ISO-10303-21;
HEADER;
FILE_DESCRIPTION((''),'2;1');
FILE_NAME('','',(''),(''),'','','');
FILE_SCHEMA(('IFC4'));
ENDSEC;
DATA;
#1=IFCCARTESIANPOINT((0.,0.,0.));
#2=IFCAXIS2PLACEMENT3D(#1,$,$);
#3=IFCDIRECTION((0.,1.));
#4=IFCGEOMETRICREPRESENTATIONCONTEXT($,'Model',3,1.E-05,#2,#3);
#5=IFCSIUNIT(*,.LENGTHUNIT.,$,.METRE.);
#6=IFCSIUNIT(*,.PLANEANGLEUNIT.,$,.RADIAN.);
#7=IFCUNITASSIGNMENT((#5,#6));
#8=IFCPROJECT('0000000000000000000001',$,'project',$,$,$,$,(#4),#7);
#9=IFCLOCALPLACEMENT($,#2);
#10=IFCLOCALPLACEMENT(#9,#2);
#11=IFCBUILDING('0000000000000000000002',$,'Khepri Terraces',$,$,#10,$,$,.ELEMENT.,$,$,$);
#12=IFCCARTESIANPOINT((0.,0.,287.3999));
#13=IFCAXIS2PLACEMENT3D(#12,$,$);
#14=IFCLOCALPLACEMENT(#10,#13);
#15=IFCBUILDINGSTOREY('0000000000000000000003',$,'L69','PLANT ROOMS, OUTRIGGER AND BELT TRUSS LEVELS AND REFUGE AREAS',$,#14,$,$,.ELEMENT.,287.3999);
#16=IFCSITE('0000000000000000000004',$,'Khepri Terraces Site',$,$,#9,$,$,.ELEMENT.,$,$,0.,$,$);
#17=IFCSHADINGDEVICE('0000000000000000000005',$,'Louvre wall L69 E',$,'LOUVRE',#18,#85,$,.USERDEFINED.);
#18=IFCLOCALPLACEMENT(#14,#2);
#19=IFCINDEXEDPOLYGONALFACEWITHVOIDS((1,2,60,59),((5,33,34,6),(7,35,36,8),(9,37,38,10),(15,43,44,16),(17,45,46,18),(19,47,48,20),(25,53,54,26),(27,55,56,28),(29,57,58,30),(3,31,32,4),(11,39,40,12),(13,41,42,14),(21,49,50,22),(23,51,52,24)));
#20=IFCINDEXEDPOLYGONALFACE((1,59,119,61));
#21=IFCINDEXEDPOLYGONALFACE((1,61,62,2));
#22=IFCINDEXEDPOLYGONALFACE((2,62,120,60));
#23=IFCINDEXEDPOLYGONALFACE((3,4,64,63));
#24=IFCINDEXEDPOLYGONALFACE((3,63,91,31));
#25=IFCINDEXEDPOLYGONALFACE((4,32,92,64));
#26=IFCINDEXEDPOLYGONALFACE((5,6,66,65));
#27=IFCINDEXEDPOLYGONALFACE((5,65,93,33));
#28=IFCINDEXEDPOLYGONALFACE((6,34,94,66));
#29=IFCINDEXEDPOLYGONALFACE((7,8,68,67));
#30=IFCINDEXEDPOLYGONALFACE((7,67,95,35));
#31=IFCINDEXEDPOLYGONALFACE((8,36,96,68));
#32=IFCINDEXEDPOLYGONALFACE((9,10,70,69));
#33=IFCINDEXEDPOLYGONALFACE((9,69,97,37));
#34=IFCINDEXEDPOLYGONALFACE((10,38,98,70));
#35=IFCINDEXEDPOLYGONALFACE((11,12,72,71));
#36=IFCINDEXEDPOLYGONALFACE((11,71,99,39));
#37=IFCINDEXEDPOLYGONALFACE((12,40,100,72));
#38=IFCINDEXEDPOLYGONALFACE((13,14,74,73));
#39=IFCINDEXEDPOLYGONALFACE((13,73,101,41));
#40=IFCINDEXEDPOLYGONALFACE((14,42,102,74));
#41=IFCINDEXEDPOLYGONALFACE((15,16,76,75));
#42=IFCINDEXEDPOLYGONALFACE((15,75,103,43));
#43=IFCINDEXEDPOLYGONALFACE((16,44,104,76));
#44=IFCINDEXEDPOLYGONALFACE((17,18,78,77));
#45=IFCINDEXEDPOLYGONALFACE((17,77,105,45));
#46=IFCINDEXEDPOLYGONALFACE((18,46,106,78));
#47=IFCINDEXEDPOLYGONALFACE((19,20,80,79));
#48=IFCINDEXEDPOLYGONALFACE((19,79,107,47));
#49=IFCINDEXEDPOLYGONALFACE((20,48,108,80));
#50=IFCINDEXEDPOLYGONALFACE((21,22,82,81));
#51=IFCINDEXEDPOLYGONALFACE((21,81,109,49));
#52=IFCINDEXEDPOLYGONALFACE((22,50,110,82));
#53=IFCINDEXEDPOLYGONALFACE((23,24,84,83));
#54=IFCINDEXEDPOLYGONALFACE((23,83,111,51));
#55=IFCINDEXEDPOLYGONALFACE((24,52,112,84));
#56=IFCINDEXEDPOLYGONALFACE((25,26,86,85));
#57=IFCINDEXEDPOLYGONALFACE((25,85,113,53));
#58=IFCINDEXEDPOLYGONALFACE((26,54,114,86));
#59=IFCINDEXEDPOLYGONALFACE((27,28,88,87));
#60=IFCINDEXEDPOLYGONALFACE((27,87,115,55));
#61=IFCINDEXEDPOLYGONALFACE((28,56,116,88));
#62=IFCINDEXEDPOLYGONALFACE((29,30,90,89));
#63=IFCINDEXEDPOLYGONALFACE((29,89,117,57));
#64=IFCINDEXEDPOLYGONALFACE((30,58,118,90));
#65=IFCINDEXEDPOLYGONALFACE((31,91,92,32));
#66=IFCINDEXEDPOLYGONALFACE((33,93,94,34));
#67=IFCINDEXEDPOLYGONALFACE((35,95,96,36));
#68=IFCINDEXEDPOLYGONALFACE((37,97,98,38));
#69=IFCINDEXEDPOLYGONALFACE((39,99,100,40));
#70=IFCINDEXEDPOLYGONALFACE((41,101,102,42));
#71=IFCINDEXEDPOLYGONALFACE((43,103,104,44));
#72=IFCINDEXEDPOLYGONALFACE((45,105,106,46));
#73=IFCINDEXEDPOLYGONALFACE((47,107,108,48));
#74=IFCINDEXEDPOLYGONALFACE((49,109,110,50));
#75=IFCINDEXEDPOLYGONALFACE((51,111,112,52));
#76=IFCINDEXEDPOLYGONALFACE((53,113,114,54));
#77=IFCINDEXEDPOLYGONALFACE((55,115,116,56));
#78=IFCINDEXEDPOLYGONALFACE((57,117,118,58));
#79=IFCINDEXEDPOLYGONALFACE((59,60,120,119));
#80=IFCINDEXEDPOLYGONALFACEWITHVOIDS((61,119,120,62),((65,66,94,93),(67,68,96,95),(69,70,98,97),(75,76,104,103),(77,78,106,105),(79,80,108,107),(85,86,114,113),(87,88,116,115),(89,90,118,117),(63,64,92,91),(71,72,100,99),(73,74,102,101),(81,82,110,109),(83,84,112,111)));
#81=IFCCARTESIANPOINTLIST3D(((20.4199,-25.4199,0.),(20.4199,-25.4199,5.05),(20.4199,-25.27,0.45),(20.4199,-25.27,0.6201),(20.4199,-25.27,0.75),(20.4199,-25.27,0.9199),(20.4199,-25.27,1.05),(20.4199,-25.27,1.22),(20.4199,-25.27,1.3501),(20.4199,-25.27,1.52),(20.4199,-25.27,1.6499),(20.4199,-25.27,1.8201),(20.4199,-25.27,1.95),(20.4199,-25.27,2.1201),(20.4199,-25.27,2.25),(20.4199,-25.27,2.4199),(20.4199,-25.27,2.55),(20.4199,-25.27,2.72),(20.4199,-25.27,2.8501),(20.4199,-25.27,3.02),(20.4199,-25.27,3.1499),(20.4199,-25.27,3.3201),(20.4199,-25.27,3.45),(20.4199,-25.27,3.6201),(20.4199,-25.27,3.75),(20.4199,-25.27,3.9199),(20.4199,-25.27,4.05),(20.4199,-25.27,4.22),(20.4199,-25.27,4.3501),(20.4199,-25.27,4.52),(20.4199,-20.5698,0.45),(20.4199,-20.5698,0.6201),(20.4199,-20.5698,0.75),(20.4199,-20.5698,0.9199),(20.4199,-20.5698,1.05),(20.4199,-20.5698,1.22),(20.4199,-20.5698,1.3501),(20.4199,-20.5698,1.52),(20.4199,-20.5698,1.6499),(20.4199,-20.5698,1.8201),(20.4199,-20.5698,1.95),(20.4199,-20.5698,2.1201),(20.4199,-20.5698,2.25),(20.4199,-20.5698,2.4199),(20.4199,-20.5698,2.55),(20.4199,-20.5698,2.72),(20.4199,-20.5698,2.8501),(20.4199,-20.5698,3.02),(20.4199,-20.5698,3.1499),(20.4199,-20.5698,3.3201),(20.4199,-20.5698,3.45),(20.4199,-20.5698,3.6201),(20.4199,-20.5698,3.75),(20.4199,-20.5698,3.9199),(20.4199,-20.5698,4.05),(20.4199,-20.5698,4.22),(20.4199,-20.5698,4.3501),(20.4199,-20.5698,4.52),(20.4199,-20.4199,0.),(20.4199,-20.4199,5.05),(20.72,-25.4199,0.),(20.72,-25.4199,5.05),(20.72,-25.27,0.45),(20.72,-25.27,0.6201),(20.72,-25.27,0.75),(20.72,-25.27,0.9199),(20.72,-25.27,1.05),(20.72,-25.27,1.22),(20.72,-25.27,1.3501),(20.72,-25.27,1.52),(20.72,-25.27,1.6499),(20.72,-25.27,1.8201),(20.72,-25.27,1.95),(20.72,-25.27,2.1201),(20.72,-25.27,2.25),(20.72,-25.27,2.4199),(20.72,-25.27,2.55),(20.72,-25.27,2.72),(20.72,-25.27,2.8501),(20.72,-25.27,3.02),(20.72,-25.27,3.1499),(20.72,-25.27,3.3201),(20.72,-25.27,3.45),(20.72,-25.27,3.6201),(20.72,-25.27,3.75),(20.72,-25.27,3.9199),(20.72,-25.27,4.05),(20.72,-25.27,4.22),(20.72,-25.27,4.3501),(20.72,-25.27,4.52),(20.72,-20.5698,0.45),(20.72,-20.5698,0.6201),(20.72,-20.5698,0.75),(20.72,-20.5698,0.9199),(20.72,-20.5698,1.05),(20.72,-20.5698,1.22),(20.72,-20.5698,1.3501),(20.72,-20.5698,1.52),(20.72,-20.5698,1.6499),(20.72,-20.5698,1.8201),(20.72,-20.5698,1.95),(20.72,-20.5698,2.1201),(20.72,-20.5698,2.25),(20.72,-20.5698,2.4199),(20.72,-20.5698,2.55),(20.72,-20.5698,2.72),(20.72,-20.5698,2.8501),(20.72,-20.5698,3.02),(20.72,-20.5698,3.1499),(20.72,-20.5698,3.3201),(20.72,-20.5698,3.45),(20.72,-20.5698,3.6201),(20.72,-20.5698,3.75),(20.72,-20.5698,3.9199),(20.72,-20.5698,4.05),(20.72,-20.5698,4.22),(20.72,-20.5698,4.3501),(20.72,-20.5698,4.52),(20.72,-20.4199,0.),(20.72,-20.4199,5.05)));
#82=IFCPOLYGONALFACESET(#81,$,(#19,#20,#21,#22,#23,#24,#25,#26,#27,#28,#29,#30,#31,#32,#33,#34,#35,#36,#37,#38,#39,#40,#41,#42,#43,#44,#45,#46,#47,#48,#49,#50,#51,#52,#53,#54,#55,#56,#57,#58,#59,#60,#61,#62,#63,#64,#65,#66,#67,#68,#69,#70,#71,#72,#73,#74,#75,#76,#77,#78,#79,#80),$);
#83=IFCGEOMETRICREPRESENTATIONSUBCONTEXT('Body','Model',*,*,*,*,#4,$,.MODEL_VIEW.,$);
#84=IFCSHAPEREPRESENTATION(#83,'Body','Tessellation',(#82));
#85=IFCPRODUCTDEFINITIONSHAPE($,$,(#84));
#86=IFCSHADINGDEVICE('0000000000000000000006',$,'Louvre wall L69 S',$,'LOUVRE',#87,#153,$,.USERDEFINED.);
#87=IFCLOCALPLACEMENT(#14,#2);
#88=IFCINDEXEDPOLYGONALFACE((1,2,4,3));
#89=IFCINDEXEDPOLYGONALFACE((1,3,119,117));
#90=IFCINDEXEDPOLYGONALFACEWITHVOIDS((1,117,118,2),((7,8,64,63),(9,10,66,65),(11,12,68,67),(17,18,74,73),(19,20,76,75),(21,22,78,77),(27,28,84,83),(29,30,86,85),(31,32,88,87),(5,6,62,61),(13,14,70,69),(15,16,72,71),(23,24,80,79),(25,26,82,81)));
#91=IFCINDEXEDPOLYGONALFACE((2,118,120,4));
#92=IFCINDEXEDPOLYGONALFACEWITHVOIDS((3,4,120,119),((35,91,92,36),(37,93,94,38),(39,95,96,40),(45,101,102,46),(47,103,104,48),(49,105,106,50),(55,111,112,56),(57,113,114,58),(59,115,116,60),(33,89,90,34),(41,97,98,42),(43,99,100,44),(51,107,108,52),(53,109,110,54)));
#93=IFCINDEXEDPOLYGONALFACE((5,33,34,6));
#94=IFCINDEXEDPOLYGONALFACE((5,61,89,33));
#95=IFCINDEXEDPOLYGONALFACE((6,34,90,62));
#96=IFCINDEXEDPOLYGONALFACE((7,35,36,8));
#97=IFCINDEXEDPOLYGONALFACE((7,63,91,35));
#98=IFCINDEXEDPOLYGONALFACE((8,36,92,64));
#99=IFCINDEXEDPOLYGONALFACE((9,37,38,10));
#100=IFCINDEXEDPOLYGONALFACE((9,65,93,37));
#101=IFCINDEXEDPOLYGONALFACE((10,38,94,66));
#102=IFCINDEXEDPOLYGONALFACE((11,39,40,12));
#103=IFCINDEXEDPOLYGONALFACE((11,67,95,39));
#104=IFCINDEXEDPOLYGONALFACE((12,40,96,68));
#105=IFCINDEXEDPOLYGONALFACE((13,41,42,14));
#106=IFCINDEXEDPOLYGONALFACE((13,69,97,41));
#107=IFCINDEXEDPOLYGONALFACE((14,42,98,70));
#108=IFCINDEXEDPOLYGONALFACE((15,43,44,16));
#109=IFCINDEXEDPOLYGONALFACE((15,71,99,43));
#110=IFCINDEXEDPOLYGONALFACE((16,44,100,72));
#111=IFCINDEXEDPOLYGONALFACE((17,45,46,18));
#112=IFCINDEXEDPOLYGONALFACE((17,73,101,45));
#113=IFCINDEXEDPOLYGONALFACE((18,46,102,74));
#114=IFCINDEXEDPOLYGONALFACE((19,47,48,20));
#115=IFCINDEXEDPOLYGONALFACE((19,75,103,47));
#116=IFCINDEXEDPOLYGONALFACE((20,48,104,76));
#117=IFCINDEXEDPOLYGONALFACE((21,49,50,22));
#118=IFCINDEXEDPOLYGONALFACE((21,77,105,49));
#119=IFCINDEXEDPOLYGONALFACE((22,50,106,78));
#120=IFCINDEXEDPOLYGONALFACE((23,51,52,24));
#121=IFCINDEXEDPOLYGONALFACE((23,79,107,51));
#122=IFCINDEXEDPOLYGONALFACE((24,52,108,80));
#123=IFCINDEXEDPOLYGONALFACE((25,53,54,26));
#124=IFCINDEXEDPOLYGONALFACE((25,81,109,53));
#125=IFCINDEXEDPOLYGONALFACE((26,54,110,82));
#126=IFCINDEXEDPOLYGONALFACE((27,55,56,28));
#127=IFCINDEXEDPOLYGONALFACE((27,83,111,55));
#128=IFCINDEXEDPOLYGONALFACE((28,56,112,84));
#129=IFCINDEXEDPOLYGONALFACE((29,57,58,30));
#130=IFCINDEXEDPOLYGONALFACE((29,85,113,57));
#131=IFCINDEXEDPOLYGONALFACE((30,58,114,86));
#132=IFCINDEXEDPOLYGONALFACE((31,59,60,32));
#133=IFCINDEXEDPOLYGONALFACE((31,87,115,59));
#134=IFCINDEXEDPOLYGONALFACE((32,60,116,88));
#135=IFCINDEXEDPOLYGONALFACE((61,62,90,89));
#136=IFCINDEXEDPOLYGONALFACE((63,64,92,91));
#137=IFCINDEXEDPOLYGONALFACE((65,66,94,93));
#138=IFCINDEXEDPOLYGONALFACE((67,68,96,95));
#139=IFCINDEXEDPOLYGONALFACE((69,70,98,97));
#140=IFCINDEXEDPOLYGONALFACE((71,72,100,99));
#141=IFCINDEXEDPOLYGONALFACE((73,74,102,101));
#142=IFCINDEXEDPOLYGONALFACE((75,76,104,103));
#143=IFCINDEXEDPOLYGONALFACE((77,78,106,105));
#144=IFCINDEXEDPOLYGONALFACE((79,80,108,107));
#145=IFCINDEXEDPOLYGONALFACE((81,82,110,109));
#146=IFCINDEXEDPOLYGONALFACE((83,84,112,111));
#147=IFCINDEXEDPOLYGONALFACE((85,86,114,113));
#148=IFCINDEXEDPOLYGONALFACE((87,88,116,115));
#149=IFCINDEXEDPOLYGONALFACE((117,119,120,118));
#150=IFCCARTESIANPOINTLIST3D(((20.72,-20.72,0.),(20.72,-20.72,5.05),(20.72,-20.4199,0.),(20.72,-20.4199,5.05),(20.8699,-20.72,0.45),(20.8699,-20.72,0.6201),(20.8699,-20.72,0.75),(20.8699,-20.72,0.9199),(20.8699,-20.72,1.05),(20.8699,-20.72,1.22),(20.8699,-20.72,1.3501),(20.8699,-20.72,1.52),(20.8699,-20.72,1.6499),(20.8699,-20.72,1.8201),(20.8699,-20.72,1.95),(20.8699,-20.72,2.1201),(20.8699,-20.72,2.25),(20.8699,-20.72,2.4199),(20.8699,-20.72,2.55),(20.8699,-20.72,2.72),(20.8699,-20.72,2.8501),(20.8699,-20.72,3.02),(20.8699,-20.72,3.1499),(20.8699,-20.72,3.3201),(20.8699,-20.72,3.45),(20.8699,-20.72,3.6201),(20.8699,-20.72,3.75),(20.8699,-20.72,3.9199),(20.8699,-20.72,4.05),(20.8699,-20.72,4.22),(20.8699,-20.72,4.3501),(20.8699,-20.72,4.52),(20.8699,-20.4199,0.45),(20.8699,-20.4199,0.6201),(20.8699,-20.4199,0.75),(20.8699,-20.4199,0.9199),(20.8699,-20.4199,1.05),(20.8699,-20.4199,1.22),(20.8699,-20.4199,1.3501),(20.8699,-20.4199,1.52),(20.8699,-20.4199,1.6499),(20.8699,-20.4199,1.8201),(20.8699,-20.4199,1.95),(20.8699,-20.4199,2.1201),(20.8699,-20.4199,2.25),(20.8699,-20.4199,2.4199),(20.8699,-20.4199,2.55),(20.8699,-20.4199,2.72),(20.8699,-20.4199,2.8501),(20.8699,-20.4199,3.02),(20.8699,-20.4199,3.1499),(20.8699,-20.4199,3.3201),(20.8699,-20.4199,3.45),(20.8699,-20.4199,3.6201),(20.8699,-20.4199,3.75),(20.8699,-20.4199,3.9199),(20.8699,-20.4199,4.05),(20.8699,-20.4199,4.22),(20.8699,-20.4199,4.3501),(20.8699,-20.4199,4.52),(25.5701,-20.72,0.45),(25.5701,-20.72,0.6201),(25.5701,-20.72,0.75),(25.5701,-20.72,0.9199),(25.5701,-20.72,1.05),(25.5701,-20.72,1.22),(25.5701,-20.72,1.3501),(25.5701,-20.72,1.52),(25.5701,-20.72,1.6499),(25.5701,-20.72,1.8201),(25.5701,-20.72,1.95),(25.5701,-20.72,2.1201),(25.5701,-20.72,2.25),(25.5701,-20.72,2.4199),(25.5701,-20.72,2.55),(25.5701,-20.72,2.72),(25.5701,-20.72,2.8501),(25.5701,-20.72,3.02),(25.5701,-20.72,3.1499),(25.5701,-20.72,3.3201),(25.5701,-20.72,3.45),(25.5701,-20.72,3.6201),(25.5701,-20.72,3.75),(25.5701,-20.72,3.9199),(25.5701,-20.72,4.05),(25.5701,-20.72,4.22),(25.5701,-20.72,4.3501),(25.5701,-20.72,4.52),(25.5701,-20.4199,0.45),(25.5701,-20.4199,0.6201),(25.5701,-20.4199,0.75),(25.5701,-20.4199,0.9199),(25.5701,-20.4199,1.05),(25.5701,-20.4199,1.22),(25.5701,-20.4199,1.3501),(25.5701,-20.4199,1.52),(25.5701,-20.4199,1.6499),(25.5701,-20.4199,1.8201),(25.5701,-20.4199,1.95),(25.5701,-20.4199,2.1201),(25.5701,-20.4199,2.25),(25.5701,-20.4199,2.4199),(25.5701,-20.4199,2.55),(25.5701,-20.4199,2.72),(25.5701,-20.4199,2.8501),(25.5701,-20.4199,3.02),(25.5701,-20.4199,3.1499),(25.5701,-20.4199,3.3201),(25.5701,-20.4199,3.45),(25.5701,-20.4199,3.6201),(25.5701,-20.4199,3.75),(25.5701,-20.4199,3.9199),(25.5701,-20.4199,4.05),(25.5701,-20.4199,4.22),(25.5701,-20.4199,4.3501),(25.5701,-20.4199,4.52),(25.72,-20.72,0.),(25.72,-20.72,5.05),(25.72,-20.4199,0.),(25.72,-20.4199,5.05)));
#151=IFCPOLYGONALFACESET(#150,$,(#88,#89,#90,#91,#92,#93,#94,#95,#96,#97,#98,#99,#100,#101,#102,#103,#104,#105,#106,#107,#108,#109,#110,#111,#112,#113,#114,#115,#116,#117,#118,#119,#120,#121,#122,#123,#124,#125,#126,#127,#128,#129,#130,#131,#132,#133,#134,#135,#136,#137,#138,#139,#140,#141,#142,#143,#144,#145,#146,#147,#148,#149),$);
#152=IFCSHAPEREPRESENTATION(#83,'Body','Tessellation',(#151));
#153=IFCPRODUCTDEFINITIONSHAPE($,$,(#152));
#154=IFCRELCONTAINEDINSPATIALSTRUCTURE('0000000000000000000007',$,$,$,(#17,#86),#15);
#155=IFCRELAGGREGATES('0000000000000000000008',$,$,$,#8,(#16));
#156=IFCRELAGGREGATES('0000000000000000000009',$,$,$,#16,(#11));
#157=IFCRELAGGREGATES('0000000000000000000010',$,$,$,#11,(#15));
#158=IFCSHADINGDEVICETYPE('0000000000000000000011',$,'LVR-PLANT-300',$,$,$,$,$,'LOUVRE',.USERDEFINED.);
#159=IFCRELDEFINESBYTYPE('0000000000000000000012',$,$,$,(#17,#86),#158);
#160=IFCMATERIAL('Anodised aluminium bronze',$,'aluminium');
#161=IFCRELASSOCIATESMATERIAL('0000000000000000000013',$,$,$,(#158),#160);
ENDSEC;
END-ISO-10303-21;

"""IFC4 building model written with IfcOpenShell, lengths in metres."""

from ifc_helpers import new_model, si_unit, direction, frame, origin, place, context, subcontext, project, spatial, polyline, outline, extrude, material, type_object, element, save


model = new_model("IFC4")

# Units and contexts
model_context = context("Model", 3, precision=1e-05, world=origin(), true_north=direction((0.0, 1.0)))
body_context = subcontext(model_context, "Body", "Model", "MODEL_VIEW")
ifc_project = project(units=[si_unit("LENGTHUNIT", "METRE"), si_unit("PLANEANGLEUNIT", "RADIAN")], contexts=[model_context])

# Site, building, storey
site_placement = place(None, origin())
site = spatial("IfcSite", under=ifc_project, at=site_placement, Name="Khepri Terraces Site", CompositionType="ELEMENT", RefElevation=0.0)
building_placement = place(site_placement, origin())
building = spatial("IfcBuilding", under=site, at=building_placement, Name="Khepri Terraces", CompositionType="ELEMENT")
storey_placement = place(building_placement, frame((0.0, 0.0, 287.3999)))
storey = spatial("IfcBuildingStorey", under=building, at=storey_placement, Name="L69", Description="PLANT ROOMS, OUTRIGGER AND BELT TRUSS LEVELS AND REFUGE AREAS", CompositionType="ELEMENT", Elevation=287.3999)

# Shading devices
ifc_material_1 = material(Name="Anodised aluminium bronze", Category="aluminium")
shading_device_type = type_object("IfcShadingDeviceType", Name="LVR-PLANT-300", ElementType="LOUVRE", PredefinedType="USERDEFINED", material=ifc_material_1)
shading_device_1_placement = place(storey_placement, frame((20.4199, -25.4199, 0.0), z_axis=(1.0, 0.0, 0.0), x_axis=(0.0, 1.0, 0.0)))
element("IfcShadingDevice", 1, at=shading_device_1_placement, inside=storey, type_object=shading_device_type, Name="Louvre wall L69 E", ObjectType="LOUVRE", PredefinedType="USERDEFINED", context=body_context, shape_type="SweptSolid", body=[
    extrude(outline(polyline([(0.0, 0.0), (5.0, 0.0), (5.0, 5.05), (0.0, 5.05), (0.0, 0.0)]), holes=[polyline([(0.1499, 0.45), (4.8501, 0.45), (4.8501, 0.6201), (0.1499, 0.6201), (0.1499, 0.45)]), polyline([(0.1499, 0.75), (4.8501, 0.75), (4.8501, 0.9199), (0.1499, 0.9199), (0.1499, 0.75)]), polyline([(0.1499, 1.05), (4.8501, 1.05), (4.8501, 1.22), (0.1499, 1.22), (0.1499, 1.05)]), polyline([(0.1499, 1.3501), (4.8501, 1.3501), (4.8501, 1.52), (0.1499, 1.52), (0.1499, 1.3501)]), polyline([(0.1499, 1.6499), (4.8501, 1.6499), (4.8501, 1.8201), (0.1499, 1.8201), (0.1499, 1.6499)]), polyline([(0.1499, 1.95), (4.8501, 1.95), (4.8501, 2.1201), (0.1499, 2.1201), (0.1499, 1.95)]), polyline([(0.1499, 2.25), (4.8501, 2.25), (4.8501, 2.4199), (0.1499, 2.4199), (0.1499, 2.25)]), polyline([(0.1499, 2.55), (4.8501, 2.55), (4.8501, 2.72), (0.1499, 2.72), (0.1499, 2.55)]), polyline([(0.1499, 2.8501), (4.8501, 2.8501), (4.8501, 3.02), (0.1499, 3.02), (0.1499, 2.8501)]), polyline([(0.1499, 3.1499), (4.8501, 3.1499), (4.8501, 3.3201), (0.1499, 3.3201), (0.1499, 3.1499)]), polyline([(0.1499, 3.45), (4.8501, 3.45), (4.8501, 3.6201), (0.1499, 3.6201), (0.1499, 3.45)]), polyline([(0.1499, 3.75), (4.8501, 3.75), (4.8501, 3.9199), (0.1499, 3.9199), (0.1499, 3.75)]), polyline([(0.1499, 4.05), (4.8501, 4.05), (4.8501, 4.22), (0.1499, 4.22), (0.1499, 4.05)]), polyline([(0.1499, 4.3501), (4.8501, 4.3501), (4.8501, 4.52), (0.1499, 4.52), (0.1499, 4.3501)])]), origin(), (0.0, 0.0, 1.0), 0.3),
])
shading_device_2_placement = place(storey_placement, frame((20.72, -20.4199, 0.0), z_axis=(0.0, -1.0, 0.0), x_axis=(1.0, 0.0, 0.0)))
element("IfcShadingDevice", 2, at=shading_device_2_placement, inside=storey, type_object=shading_device_type, Name="Louvre wall L69 S", ObjectType="LOUVRE", PredefinedType="USERDEFINED", context=body_context, shape_type="SweptSolid", body=[
    extrude(outline(polyline([(0.0, 0.0), (5.0, 0.0), (5.0, 5.05), (0.0, 5.05), (0.0, 0.0)]), holes=[polyline([(0.1499, 0.45), (4.8501, 0.45), (4.8501, 0.6201), (0.1499, 0.6201), (0.1499, 0.45)]), polyline([(0.1499, 0.75), (4.8501, 0.75), (4.8501, 0.9199), (0.1499, 0.9199), (0.1499, 0.75)]), polyline([(0.1499, 1.05), (4.8501, 1.05), (4.8501, 1.22), (0.1499, 1.22), (0.1499, 1.05)]), polyline([(0.1499, 1.3501), (4.8501, 1.3501), (4.8501, 1.52), (0.1499, 1.52), (0.1499, 1.3501)]), polyline([(0.1499, 1.6499), (4.8501, 1.6499), (4.8501, 1.8201), (0.1499, 1.8201), (0.1499, 1.6499)]), polyline([(0.1499, 1.95), (4.8501, 1.95), (4.8501, 2.1201), (0.1499, 2.1201), (0.1499, 1.95)]), polyline([(0.1499, 2.25), (4.8501, 2.25), (4.8501, 2.4199), (0.1499, 2.4199), (0.1499, 2.25)]), polyline([(0.1499, 2.55), (4.8501, 2.55), (4.8501, 2.72), (0.1499, 2.72), (0.1499, 2.55)]), polyline([(0.1499, 2.8501), (4.8501, 2.8501), (4.8501, 3.02), (0.1499, 3.02), (0.1499, 2.8501)]), polyline([(0.1499, 3.1499), (4.8501, 3.1499), (4.8501, 3.3201), (0.1499, 3.3201), (0.1499, 3.1499)]), polyline([(0.1499, 3.45), (4.8501, 3.45), (4.8501, 3.6201), (0.1499, 3.6201), (0.1499, 3.45)]), polyline([(0.1499, 3.75), (4.8501, 3.75), (4.8501, 3.9199), (0.1499, 3.9199), (0.1499, 3.75)]), polyline([(0.1499, 4.05), (4.8501, 4.05), (4.8501, 4.22), (0.1499, 4.22), (0.1499, 4.05)]), polyline([(0.1499, 4.3501), (4.8501, 4.3501), (4.8501, 4.52), (0.1499, 4.52), (0.1499, 4.3501)])]), origin(), (0.0, 0.0, 1.0), 0.3),
])

save(model, "model.ifc")
